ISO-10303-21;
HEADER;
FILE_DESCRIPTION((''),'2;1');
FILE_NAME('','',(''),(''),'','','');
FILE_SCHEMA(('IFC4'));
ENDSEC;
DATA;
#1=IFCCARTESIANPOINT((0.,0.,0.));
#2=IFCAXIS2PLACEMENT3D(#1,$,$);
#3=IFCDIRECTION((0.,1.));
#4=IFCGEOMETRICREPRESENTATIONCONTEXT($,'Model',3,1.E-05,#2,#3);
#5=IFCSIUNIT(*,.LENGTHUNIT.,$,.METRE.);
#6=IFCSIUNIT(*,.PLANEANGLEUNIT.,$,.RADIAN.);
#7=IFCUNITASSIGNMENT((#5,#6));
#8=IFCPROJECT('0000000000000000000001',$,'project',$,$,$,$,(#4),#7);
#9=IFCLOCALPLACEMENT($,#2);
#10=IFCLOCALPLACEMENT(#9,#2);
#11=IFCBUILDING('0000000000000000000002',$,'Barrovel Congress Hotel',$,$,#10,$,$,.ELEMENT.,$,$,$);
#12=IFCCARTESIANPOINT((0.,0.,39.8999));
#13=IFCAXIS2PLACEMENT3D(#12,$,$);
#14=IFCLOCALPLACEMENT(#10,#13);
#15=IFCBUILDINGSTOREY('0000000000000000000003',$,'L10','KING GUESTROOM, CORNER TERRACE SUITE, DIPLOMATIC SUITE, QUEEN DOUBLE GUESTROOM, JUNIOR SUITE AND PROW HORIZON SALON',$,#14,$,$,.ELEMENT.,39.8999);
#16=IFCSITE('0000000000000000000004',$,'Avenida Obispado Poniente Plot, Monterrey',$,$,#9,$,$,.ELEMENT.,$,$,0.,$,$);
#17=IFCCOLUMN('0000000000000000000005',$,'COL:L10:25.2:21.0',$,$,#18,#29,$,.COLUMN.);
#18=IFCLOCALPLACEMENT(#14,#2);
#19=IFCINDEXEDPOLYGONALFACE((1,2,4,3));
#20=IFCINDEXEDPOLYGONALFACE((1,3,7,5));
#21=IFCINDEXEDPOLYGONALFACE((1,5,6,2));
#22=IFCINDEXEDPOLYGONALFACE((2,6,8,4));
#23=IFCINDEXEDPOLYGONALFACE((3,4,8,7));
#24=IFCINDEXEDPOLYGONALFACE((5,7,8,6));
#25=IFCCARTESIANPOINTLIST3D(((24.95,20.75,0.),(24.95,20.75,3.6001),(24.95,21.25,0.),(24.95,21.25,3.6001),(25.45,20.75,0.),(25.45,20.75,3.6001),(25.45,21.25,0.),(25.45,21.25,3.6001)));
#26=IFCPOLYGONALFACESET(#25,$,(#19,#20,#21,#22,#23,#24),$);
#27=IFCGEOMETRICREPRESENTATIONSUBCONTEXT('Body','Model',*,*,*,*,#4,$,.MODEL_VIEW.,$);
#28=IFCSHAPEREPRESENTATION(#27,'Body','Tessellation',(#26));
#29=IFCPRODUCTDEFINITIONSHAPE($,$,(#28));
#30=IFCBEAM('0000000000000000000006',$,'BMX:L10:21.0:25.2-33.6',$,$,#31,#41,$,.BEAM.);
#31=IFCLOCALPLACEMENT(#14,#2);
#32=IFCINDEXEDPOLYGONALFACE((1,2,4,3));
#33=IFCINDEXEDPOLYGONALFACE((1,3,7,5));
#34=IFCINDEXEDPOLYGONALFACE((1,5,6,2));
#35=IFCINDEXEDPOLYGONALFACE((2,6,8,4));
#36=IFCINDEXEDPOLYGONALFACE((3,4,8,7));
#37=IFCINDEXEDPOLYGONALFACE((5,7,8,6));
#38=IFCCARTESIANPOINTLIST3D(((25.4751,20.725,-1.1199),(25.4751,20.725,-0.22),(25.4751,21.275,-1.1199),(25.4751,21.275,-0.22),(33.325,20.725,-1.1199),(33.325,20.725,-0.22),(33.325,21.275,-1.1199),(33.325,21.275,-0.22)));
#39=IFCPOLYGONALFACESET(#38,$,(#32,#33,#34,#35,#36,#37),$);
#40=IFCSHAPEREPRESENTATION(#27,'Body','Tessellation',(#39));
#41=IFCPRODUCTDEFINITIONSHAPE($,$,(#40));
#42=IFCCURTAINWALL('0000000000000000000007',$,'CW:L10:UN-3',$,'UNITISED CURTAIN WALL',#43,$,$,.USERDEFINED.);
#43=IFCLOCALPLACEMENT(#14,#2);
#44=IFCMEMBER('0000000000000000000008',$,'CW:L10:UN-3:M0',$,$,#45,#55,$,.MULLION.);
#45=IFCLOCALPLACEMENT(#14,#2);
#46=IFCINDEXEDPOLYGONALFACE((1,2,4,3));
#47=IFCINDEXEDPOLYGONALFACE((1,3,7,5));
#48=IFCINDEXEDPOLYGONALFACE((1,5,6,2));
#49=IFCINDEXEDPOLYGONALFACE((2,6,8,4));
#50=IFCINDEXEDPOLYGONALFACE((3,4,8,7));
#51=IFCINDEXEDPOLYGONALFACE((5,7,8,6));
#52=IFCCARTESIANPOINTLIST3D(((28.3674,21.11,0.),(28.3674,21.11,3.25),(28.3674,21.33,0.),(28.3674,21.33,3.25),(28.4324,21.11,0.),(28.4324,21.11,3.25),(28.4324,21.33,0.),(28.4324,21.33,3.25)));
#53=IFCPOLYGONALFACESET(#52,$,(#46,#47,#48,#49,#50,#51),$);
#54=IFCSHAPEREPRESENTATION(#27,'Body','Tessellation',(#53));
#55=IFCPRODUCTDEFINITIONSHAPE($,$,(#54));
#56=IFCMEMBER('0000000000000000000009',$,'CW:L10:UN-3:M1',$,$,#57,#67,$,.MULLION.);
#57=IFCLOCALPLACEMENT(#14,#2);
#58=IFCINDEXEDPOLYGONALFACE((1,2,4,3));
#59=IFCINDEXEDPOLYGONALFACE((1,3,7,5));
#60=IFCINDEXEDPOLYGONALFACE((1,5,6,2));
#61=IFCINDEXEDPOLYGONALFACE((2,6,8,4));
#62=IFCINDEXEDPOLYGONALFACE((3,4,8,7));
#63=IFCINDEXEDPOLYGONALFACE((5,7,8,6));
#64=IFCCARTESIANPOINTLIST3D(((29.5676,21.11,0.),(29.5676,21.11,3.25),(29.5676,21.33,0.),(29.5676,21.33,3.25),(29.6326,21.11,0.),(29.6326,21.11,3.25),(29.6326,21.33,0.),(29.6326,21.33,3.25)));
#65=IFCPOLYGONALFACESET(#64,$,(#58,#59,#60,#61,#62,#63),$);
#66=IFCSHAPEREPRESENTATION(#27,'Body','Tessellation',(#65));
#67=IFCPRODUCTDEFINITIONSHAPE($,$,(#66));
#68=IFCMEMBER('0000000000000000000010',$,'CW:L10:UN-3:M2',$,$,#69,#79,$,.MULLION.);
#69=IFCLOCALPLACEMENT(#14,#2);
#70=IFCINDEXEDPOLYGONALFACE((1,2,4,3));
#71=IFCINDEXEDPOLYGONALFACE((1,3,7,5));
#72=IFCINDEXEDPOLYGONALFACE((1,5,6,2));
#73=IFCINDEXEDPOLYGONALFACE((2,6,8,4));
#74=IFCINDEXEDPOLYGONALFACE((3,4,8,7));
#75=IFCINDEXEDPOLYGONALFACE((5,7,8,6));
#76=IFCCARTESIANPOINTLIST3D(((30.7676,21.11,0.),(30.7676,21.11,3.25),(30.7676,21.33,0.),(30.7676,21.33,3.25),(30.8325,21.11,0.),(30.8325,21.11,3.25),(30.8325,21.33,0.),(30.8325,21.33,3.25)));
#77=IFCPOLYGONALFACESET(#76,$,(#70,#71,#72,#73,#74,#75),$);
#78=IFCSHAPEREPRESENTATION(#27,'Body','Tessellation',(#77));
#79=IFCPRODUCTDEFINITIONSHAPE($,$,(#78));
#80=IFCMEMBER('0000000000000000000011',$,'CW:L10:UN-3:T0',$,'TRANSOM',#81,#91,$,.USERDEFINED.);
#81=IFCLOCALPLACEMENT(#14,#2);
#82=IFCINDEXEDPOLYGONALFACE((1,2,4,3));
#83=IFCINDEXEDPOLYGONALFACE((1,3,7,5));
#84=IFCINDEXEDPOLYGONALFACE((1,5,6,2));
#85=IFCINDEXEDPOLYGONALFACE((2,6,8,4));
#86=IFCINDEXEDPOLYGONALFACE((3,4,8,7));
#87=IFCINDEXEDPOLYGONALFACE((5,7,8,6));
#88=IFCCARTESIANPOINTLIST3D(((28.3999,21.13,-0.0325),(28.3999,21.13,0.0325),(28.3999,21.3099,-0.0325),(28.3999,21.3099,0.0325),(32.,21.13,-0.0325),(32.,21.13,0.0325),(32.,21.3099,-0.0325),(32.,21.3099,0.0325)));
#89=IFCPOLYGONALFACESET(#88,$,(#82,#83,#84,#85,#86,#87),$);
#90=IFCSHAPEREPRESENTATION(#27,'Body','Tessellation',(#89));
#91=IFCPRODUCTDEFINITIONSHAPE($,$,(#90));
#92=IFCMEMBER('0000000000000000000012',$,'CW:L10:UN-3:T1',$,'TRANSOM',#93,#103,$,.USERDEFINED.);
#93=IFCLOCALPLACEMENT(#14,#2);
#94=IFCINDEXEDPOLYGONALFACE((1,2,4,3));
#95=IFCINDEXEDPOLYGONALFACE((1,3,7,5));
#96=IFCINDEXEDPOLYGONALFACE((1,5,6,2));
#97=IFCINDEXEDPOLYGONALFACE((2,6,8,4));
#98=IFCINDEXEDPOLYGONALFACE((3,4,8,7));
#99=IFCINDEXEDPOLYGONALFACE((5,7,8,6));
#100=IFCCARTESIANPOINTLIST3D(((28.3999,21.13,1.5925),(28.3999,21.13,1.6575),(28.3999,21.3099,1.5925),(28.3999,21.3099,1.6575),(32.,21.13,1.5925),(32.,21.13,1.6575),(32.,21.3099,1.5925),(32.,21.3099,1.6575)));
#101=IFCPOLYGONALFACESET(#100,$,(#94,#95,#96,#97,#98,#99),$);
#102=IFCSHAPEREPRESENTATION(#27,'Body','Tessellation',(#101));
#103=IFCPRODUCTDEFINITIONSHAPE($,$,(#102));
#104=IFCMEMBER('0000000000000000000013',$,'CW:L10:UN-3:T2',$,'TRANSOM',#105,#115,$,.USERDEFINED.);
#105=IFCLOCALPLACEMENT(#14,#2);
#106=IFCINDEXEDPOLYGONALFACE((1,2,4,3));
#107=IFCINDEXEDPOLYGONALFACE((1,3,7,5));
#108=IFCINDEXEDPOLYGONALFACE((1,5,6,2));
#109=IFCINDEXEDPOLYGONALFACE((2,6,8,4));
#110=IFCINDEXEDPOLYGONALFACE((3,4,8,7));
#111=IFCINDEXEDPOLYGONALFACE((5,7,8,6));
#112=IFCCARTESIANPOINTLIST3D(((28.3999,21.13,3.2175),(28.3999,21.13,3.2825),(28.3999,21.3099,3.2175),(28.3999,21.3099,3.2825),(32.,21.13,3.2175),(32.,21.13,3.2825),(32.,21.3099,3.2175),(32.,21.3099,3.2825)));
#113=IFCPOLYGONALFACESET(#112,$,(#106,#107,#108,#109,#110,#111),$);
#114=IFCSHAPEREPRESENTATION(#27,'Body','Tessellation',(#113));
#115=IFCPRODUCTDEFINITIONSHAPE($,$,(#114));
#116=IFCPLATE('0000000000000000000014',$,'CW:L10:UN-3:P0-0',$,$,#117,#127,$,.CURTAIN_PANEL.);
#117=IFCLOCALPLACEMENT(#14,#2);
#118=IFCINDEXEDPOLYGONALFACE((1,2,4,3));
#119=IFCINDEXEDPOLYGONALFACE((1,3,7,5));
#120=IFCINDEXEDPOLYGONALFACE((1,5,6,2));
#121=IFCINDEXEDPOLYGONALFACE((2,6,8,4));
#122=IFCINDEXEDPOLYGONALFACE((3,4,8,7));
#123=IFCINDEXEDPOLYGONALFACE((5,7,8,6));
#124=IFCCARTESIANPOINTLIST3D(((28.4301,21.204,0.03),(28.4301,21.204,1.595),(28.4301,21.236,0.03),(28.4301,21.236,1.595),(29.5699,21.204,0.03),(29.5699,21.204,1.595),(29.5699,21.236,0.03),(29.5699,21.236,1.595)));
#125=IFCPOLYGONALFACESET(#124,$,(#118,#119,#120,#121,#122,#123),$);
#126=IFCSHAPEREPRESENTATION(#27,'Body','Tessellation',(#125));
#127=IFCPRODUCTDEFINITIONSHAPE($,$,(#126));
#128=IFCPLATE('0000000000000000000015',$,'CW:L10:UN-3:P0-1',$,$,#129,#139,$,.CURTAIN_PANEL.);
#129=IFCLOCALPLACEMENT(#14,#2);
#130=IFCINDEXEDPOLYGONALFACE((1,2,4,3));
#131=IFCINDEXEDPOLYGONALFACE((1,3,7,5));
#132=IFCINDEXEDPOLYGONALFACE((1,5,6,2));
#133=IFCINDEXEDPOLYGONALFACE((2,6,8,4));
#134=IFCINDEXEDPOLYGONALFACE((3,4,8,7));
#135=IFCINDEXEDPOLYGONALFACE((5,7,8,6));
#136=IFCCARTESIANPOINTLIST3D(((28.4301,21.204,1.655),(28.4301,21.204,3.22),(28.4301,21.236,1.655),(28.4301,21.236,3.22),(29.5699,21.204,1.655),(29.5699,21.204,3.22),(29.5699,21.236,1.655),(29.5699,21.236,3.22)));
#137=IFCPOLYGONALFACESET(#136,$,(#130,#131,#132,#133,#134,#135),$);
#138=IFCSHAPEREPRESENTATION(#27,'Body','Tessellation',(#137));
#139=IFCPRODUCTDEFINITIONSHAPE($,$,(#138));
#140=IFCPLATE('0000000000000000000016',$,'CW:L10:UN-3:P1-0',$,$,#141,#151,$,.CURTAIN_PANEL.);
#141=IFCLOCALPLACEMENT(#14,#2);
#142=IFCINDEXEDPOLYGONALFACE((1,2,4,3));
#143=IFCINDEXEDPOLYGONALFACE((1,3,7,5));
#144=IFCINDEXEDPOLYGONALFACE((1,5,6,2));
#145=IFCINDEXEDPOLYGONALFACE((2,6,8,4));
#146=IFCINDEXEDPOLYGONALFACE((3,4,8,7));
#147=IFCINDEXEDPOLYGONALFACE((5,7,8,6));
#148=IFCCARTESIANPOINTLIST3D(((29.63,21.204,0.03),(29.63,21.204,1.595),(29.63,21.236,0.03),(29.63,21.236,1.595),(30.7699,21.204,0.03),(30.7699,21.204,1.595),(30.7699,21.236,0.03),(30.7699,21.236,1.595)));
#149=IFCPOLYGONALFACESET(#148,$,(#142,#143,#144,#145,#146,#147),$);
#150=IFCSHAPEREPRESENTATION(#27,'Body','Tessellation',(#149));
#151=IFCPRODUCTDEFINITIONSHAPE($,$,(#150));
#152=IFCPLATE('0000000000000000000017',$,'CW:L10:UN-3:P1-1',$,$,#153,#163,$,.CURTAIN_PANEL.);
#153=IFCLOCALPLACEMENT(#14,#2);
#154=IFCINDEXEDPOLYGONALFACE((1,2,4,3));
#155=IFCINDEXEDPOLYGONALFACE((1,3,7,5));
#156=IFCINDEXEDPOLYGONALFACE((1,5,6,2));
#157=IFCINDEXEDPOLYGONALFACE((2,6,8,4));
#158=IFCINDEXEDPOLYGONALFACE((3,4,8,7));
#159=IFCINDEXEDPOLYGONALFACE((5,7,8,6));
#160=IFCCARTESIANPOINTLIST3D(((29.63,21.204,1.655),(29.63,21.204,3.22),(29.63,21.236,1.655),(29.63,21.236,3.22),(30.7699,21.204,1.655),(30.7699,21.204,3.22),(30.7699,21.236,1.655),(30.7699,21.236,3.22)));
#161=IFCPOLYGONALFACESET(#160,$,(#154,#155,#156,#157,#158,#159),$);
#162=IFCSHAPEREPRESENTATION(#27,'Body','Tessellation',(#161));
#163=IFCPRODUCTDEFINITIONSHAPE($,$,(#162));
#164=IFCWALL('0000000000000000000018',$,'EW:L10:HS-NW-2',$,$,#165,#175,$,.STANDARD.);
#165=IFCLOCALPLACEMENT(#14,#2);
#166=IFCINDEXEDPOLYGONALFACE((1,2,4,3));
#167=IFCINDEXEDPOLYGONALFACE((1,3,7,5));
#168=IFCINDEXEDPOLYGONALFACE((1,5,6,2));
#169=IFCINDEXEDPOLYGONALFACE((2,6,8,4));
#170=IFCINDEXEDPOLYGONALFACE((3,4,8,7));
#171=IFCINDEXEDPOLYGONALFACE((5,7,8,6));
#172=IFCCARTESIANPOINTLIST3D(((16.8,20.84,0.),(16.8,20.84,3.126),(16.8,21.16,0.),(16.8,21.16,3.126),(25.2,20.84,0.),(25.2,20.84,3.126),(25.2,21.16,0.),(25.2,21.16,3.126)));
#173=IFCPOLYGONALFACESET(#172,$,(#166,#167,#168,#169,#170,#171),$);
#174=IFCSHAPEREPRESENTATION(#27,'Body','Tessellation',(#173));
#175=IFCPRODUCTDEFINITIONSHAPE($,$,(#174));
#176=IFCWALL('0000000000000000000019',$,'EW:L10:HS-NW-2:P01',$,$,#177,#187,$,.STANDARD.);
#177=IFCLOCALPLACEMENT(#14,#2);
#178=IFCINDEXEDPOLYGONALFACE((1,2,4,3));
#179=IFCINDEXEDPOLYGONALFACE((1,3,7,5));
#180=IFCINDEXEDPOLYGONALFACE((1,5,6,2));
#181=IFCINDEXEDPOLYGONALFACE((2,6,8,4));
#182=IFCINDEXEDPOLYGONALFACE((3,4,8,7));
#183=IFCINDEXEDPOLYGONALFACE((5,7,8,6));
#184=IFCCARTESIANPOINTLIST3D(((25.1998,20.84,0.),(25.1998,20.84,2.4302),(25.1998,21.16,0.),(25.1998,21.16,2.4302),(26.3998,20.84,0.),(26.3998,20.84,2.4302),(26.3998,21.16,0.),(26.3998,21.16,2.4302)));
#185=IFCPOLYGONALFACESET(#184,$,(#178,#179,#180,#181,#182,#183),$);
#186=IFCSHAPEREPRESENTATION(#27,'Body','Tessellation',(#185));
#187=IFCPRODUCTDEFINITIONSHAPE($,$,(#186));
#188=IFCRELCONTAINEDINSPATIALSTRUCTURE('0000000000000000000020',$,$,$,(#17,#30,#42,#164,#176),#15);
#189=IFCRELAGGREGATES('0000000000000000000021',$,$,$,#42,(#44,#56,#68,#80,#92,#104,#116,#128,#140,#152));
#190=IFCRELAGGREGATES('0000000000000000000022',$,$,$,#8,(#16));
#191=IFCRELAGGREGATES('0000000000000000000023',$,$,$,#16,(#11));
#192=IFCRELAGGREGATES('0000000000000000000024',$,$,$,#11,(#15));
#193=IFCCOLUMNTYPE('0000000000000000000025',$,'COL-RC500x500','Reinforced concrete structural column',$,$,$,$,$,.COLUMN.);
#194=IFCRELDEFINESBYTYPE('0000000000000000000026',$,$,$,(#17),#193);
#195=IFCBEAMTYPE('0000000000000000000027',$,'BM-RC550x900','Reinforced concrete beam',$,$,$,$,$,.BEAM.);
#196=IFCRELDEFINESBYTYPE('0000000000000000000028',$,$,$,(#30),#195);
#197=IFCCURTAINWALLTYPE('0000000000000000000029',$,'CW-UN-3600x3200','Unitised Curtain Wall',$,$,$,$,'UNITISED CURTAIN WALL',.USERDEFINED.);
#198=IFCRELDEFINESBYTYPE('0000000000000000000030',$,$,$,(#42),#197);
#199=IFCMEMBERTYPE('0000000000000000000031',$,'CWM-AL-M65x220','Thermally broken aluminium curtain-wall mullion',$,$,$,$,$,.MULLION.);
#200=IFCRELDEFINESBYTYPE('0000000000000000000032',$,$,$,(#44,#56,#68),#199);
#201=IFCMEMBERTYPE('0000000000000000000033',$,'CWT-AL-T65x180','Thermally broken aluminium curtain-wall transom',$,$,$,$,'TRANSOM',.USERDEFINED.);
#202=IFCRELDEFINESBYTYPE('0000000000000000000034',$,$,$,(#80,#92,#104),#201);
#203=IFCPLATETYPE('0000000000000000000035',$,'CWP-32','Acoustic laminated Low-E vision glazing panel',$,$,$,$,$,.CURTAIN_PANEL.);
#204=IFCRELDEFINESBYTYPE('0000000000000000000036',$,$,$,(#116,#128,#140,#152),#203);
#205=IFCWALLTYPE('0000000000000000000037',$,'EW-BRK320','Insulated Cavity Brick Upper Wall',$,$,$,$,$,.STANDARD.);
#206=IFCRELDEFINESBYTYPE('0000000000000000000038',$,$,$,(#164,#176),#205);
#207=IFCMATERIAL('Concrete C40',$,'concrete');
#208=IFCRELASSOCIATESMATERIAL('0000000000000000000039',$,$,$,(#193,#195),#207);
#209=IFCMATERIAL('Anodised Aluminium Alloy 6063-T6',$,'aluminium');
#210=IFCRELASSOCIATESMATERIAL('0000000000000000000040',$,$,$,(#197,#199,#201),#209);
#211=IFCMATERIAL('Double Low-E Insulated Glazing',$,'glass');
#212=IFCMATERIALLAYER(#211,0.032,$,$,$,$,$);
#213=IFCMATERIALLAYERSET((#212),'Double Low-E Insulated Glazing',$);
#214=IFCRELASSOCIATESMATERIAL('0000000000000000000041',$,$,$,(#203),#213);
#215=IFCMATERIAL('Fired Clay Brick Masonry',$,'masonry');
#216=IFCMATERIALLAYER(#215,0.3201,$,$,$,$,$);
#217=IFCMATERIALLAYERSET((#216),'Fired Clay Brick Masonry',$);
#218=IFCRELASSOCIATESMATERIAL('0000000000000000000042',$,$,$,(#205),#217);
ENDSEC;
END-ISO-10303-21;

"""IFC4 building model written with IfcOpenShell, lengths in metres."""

from ifc_helpers import new_model, si_unit, direction, frame, frame_2d, origin, origin_2d, place, context, subcontext, project, spatial, rectangle, extrude, material, layer, layer_set, material_profile, profile_set, type_object, element, aggregate, save


model = new_model("IFC4")

# Units and contexts
model_context = context("Model", 3, precision=1e-05, world=origin(), true_north=direction((0.0, 1.0)))
body_context = subcontext(model_context, "Body", "Model", "MODEL_VIEW")
ifc_project = project(units=[si_unit("LENGTHUNIT", "METRE"), si_unit("PLANEANGLEUNIT", "RADIAN")], contexts=[model_context])

# Site, building, storey
site_placement = place(None, origin())
site = spatial("IfcSite", under=ifc_project, at=site_placement, Name="Avenida Obispado Poniente Plot, Monterrey", CompositionType="ELEMENT", RefElevation=0.0)
building_placement = place(site_placement, origin())
building = spatial("IfcBuilding", under=site, at=building_placement, Name="Barrovel Congress Hotel", CompositionType="ELEMENT")
storey_placement = place(building_placement, frame((0.0, 0.0, 39.8999)))
storey = spatial("IfcBuildingStorey", under=building, at=storey_placement, Name="L10", Description="KING GUESTROOM, CORNER TERRACE SUITE, DIPLOMATIC SUITE, QUEEN DOUBLE GUESTROOM, JUNIOR SUITE AND PROW HORIZON SALON", CompositionType="ELEMENT", Elevation=39.8999)

# Column
ifc_material_1 = material(Name="Concrete C40", Category="concrete")
ifc_material_profile_1 = material_profile(ifc_material_1, rectangle(XDim=0.5, YDim=0.5, at=origin_2d()), Name="RC500x500")
ifc_profile_set_1 = profile_set([ifc_material_profile_1], Name="Concrete C40")
column_type = type_object("IfcColumnType", Name="COL-RC500x500", Description="Reinforced concrete structural column", PredefinedType="COLUMN", material=ifc_profile_set_1)
column_placement = place(storey_placement, frame((25.2, 21.0, 0.0), z_axis=(0.0, 0.0, 1.0), x_axis=(1.0, 0.0, 0.0)))
element("IfcColumn", 1, at=column_placement, inside=storey, type_object=column_type, Name="COL:L10:25.2:21.0", PredefinedType="COLUMN", context=body_context, shape_type="SweptSolid", body=[
    extrude(rectangle(XDim=0.5, YDim=0.5, at=origin_2d()), origin(), (0.0, 0.0, 1.0), 3.6001),
])

# Beam
ifc_material_profile_2 = material_profile(ifc_material_1, rectangle(XDim=0.55, YDim=0.8999, at=origin_2d()), Name="RC550x900")
ifc_profile_set_2 = profile_set([ifc_material_profile_2], Name="Concrete C40")
beam_type = type_object("IfcBeamType", Name="BM-RC550x900", Description="Reinforced concrete beam", PredefinedType="BEAM", material=ifc_profile_set_2)
beam_placement = place(storey_placement, frame((25.4751, 21.0, -0.6699), z_axis=(1.0, 0.0, 0.0), x_axis=(0.0, 1.0, 0.0)))
element("IfcBeam", 2, at=beam_placement, inside=storey, type_object=beam_type, Name="BMX:L10:21.0:25.2-33.6", PredefinedType="BEAM", context=body_context, shape_type="SweptSolid", body=[
    extrude(rectangle(XDim=0.55, YDim=0.8999, at=origin_2d()), origin(), (0.0, 0.0, 1.0), 7.8499),
])

# Curtain wall, members, plates
ifc_material_2 = material(Name="Anodised Aluminium Alloy 6063-T6", Category="aluminium")
curtain_wall_type = type_object("IfcCurtainWallType", Name="CW-UN-3600x3200", Description="Unitised Curtain Wall", ElementType="UNITISED CURTAIN WALL", PredefinedType="USERDEFINED", material=ifc_material_2)
curtain_wall_placement = place(storey_placement, origin())
curtain_wall = element("IfcCurtainWall", 3, at=curtain_wall_placement, inside=storey, type_object=curtain_wall_type, Name="CW:L10:UN-3", ObjectType="UNITISED CURTAIN WALL", PredefinedType="USERDEFINED")
ifc_material_profile_3 = material_profile(ifc_material_2, rectangle(XDim=0.0649, YDim=0.22, at=origin_2d()), Name="AL-M65x220")
ifc_profile_set_3 = profile_set([ifc_material_profile_3], Name="Anodised Aluminium Alloy 6063-T6")
member_type_1 = type_object("IfcMemberType", Name="CWM-AL-M65x220", Description="Thermally broken aluminium curtain-wall mullion", PredefinedType="MULLION", material=ifc_profile_set_3)
member_1_placement = place(storey_placement, frame((28.3999, 21.22, 0.0), z_axis=(0.0, 0.0, 1.0), x_axis=(1.0, 0.0, 0.0)))
member_1 = element("IfcMember", 4, at=member_1_placement, type_object=member_type_1, Name="CW:L10:UN-3:M0", PredefinedType="MULLION", context=body_context, shape_type="SweptSolid", body=[
    extrude(rectangle(XDim=0.0649, YDim=0.22, at=origin_2d()), origin(), (0.0, 0.0, 1.0), 3.25),
])
member_2_placement = place(storey_placement, frame((29.6001, 21.22, 0.0), z_axis=(0.0, 0.0, 1.0), x_axis=(1.0, 0.0, 0.0)))
member_2 = element("IfcMember", 5, at=member_2_placement, type_object=member_type_1, Name="CW:L10:UN-3:M1", PredefinedType="MULLION", context=body_context, shape_type="SweptSolid", body=[
    extrude(rectangle(XDim=0.0649, YDim=0.22, at=origin_2d()), origin(), (0.0, 0.0, 1.0), 3.25),
])
member_3_placement = place(storey_placement, frame((30.8, 21.22, 0.0), z_axis=(0.0, 0.0, 1.0), x_axis=(1.0, 0.0, 0.0)))
member_3 = element("IfcMember", 6, at=member_3_placement, type_object=member_type_1, Name="CW:L10:UN-3:M2", PredefinedType="MULLION", context=body_context, shape_type="SweptSolid", body=[
    extrude(rectangle(XDim=0.0649, YDim=0.22, at=origin_2d()), origin(), (0.0, 0.0, 1.0), 3.25),
])
ifc_material_profile_4 = material_profile(ifc_material_2, rectangle(XDim=0.1799, YDim=0.0649, at=origin_2d()), Name="AL-T65x180")
ifc_profile_set_4 = profile_set([ifc_material_profile_4], Name="Anodised Aluminium Alloy 6063-T6")
member_type_2 = type_object("IfcMemberType", Name="CWT-AL-T65x180", Description="Thermally broken aluminium curtain-wall transom", ElementType="TRANSOM", PredefinedType="USERDEFINED", material=ifc_profile_set_4)
member_4_placement = place(storey_placement, frame((28.3999, 21.22, 0.0), z_axis=(1.0, 0.0, 0.0), x_axis=(0.0, 1.0, 0.0)))
member_4 = element("IfcMember", 7, at=member_4_placement, type_object=member_type_2, Name="CW:L10:UN-3:T0", ObjectType="TRANSOM", PredefinedType="USERDEFINED", context=body_context, shape_type="SweptSolid", body=[
    extrude(rectangle(XDim=0.1799, YDim=0.0649, at=origin_2d()), origin(), (0.0, 0.0, 1.0), 3.6001),
])
member_5_placement = place(storey_placement, frame((28.3999, 21.22, 1.625), z_axis=(1.0, 0.0, 0.0), x_axis=(0.0, 1.0, 0.0)))
member_5 = element("IfcMember", 8, at=member_5_placement, type_object=member_type_2, Name="CW:L10:UN-3:T1", ObjectType="TRANSOM", PredefinedType="USERDEFINED", context=body_context, shape_type="SweptSolid", body=[
    extrude(rectangle(XDim=0.1799, YDim=0.0649, at=origin_2d()), origin(), (0.0, 0.0, 1.0), 3.6001),
])
member_6_placement = place(storey_placement, frame((28.3999, 21.22, 3.25), z_axis=(1.0, 0.0, 0.0), x_axis=(0.0, 1.0, 0.0)))
member_6 = element("IfcMember", 9, at=member_6_placement, type_object=member_type_2, Name="CW:L10:UN-3:T2", ObjectType="TRANSOM", PredefinedType="USERDEFINED", context=body_context, shape_type="SweptSolid", body=[
    extrude(rectangle(XDim=0.1799, YDim=0.0649, at=origin_2d()), origin(), (0.0, 0.0, 1.0), 3.6001),
])
ifc_material_3 = material(Name="Double Low-E Insulated Glazing", Category="glass")
ifc_layer_1 = layer(ifc_material_3, 0.032)
ifc_layer_set_1 = layer_set([ifc_layer_1], Name="Double Low-E Insulated Glazing")
plate_type = type_object("IfcPlateType", Name="CWP-32", Description="Acoustic laminated Low-E vision glazing panel", PredefinedType="CURTAIN_PANEL", material=ifc_layer_set_1)
plate_1_placement = place(storey_placement, frame((29.0, 21.22, 0.03), z_axis=(0.0, 0.0, 1.0), x_axis=(1.0, 0.0, 0.0)))
plate_1 = element("IfcPlate", 10, at=plate_1_placement, type_object=plate_type, Name="CW:L10:UN-3:P0-0", PredefinedType="CURTAIN_PANEL", context=body_context, shape_type="SweptSolid", body=[
    extrude(rectangle(XDim=1.1399, YDim=0.032, at=origin_2d()), origin(), (0.0, 0.0, 1.0), 1.5649),
])
plate_2_placement = place(storey_placement, frame((29.0, 21.22, 1.655), z_axis=(0.0, 0.0, 1.0), x_axis=(1.0, 0.0, 0.0)))
plate_2 = element("IfcPlate", 11, at=plate_2_placement, type_object=plate_type, Name="CW:L10:UN-3:P0-1", PredefinedType="CURTAIN_PANEL", context=body_context, shape_type="SweptSolid", body=[
    extrude(rectangle(XDim=1.1399, YDim=0.032, at=origin_2d()), origin(), (0.0, 0.0, 1.0), 1.5649),
])
plate_3_placement = place(storey_placement, frame((30.2, 21.22, 0.03), z_axis=(0.0, 0.0, 1.0), x_axis=(1.0, 0.0, 0.0)))
plate_3 = element("IfcPlate", 12, at=plate_3_placement, type_object=plate_type, Name="CW:L10:UN-3:P1-0", PredefinedType="CURTAIN_PANEL", context=body_context, shape_type="SweptSolid", body=[
    extrude(rectangle(XDim=1.1399, YDim=0.032, at=origin_2d()), origin(), (0.0, 0.0, 1.0), 1.5649),
])
plate_4_placement = place(storey_placement, frame((30.2, 21.22, 1.655), z_axis=(0.0, 0.0, 1.0), x_axis=(1.0, 0.0, 0.0)))
plate_4 = element("IfcPlate", 13, at=plate_4_placement, type_object=plate_type, Name="CW:L10:UN-3:P1-1", PredefinedType="CURTAIN_PANEL", context=body_context, shape_type="SweptSolid", body=[
    extrude(rectangle(XDim=1.1399, YDim=0.032, at=origin_2d()), origin(), (0.0, 0.0, 1.0), 1.5649),
])
aggregate(curtain_wall, [member_1, member_2, member_3, member_4, member_5, member_6, plate_1, plate_2, plate_3, plate_4])

# Walls
ifc_material_4 = material(Name="Fired Clay Brick Masonry", Category="masonry")
ifc_layer_2 = layer(ifc_material_4, 0.3201)
ifc_layer_set_2 = layer_set([ifc_layer_2], Name="Fired Clay Brick Masonry")
wall_type_1 = type_object("IfcWallType", Name="EW-BRK320", Description="Insulated Cavity Brick Upper Wall", PredefinedType="STANDARD", material=ifc_layer_set_2)
wall_1_placement = place(storey_placement, frame((25.2, 21.0, 0.0), z_axis=(0.0, 0.0, 1.0), x_axis=(-1.0, 0.0, 0.0)))
element("IfcWall", 14, at=wall_1_placement, inside=storey, type_object=wall_type_1, Name="EW:L10:HS-NW-2", PredefinedType="STANDARD", context=body_context, shape_type="SweptSolid", body=[
    extrude(rectangle(XDim=8.3999, YDim=0.3201, at=frame_2d((4.2, 0.0))), origin(), (0.0, 0.0, 1.0), 3.126),
])
wall_2_placement = place(storey_placement, frame((26.3999, 21.0, 0.0), z_axis=(0.0, 0.0, 1.0), x_axis=(-1.0, 0.0, 0.0)))
element("IfcWall", 15, at=wall_2_placement, inside=storey, type_object=wall_type_1, Name="EW:L10:HS-NW-2:P01", PredefinedType="STANDARD", context=body_context, shape_type="SweptSolid", body=[
    extrude(rectangle(XDim=1.2, YDim=0.3201, at=frame_2d((0.6001, 0.0))), origin(), (0.0, 0.0, 1.0), 2.4302),
])

save(model, "model.ifc")
